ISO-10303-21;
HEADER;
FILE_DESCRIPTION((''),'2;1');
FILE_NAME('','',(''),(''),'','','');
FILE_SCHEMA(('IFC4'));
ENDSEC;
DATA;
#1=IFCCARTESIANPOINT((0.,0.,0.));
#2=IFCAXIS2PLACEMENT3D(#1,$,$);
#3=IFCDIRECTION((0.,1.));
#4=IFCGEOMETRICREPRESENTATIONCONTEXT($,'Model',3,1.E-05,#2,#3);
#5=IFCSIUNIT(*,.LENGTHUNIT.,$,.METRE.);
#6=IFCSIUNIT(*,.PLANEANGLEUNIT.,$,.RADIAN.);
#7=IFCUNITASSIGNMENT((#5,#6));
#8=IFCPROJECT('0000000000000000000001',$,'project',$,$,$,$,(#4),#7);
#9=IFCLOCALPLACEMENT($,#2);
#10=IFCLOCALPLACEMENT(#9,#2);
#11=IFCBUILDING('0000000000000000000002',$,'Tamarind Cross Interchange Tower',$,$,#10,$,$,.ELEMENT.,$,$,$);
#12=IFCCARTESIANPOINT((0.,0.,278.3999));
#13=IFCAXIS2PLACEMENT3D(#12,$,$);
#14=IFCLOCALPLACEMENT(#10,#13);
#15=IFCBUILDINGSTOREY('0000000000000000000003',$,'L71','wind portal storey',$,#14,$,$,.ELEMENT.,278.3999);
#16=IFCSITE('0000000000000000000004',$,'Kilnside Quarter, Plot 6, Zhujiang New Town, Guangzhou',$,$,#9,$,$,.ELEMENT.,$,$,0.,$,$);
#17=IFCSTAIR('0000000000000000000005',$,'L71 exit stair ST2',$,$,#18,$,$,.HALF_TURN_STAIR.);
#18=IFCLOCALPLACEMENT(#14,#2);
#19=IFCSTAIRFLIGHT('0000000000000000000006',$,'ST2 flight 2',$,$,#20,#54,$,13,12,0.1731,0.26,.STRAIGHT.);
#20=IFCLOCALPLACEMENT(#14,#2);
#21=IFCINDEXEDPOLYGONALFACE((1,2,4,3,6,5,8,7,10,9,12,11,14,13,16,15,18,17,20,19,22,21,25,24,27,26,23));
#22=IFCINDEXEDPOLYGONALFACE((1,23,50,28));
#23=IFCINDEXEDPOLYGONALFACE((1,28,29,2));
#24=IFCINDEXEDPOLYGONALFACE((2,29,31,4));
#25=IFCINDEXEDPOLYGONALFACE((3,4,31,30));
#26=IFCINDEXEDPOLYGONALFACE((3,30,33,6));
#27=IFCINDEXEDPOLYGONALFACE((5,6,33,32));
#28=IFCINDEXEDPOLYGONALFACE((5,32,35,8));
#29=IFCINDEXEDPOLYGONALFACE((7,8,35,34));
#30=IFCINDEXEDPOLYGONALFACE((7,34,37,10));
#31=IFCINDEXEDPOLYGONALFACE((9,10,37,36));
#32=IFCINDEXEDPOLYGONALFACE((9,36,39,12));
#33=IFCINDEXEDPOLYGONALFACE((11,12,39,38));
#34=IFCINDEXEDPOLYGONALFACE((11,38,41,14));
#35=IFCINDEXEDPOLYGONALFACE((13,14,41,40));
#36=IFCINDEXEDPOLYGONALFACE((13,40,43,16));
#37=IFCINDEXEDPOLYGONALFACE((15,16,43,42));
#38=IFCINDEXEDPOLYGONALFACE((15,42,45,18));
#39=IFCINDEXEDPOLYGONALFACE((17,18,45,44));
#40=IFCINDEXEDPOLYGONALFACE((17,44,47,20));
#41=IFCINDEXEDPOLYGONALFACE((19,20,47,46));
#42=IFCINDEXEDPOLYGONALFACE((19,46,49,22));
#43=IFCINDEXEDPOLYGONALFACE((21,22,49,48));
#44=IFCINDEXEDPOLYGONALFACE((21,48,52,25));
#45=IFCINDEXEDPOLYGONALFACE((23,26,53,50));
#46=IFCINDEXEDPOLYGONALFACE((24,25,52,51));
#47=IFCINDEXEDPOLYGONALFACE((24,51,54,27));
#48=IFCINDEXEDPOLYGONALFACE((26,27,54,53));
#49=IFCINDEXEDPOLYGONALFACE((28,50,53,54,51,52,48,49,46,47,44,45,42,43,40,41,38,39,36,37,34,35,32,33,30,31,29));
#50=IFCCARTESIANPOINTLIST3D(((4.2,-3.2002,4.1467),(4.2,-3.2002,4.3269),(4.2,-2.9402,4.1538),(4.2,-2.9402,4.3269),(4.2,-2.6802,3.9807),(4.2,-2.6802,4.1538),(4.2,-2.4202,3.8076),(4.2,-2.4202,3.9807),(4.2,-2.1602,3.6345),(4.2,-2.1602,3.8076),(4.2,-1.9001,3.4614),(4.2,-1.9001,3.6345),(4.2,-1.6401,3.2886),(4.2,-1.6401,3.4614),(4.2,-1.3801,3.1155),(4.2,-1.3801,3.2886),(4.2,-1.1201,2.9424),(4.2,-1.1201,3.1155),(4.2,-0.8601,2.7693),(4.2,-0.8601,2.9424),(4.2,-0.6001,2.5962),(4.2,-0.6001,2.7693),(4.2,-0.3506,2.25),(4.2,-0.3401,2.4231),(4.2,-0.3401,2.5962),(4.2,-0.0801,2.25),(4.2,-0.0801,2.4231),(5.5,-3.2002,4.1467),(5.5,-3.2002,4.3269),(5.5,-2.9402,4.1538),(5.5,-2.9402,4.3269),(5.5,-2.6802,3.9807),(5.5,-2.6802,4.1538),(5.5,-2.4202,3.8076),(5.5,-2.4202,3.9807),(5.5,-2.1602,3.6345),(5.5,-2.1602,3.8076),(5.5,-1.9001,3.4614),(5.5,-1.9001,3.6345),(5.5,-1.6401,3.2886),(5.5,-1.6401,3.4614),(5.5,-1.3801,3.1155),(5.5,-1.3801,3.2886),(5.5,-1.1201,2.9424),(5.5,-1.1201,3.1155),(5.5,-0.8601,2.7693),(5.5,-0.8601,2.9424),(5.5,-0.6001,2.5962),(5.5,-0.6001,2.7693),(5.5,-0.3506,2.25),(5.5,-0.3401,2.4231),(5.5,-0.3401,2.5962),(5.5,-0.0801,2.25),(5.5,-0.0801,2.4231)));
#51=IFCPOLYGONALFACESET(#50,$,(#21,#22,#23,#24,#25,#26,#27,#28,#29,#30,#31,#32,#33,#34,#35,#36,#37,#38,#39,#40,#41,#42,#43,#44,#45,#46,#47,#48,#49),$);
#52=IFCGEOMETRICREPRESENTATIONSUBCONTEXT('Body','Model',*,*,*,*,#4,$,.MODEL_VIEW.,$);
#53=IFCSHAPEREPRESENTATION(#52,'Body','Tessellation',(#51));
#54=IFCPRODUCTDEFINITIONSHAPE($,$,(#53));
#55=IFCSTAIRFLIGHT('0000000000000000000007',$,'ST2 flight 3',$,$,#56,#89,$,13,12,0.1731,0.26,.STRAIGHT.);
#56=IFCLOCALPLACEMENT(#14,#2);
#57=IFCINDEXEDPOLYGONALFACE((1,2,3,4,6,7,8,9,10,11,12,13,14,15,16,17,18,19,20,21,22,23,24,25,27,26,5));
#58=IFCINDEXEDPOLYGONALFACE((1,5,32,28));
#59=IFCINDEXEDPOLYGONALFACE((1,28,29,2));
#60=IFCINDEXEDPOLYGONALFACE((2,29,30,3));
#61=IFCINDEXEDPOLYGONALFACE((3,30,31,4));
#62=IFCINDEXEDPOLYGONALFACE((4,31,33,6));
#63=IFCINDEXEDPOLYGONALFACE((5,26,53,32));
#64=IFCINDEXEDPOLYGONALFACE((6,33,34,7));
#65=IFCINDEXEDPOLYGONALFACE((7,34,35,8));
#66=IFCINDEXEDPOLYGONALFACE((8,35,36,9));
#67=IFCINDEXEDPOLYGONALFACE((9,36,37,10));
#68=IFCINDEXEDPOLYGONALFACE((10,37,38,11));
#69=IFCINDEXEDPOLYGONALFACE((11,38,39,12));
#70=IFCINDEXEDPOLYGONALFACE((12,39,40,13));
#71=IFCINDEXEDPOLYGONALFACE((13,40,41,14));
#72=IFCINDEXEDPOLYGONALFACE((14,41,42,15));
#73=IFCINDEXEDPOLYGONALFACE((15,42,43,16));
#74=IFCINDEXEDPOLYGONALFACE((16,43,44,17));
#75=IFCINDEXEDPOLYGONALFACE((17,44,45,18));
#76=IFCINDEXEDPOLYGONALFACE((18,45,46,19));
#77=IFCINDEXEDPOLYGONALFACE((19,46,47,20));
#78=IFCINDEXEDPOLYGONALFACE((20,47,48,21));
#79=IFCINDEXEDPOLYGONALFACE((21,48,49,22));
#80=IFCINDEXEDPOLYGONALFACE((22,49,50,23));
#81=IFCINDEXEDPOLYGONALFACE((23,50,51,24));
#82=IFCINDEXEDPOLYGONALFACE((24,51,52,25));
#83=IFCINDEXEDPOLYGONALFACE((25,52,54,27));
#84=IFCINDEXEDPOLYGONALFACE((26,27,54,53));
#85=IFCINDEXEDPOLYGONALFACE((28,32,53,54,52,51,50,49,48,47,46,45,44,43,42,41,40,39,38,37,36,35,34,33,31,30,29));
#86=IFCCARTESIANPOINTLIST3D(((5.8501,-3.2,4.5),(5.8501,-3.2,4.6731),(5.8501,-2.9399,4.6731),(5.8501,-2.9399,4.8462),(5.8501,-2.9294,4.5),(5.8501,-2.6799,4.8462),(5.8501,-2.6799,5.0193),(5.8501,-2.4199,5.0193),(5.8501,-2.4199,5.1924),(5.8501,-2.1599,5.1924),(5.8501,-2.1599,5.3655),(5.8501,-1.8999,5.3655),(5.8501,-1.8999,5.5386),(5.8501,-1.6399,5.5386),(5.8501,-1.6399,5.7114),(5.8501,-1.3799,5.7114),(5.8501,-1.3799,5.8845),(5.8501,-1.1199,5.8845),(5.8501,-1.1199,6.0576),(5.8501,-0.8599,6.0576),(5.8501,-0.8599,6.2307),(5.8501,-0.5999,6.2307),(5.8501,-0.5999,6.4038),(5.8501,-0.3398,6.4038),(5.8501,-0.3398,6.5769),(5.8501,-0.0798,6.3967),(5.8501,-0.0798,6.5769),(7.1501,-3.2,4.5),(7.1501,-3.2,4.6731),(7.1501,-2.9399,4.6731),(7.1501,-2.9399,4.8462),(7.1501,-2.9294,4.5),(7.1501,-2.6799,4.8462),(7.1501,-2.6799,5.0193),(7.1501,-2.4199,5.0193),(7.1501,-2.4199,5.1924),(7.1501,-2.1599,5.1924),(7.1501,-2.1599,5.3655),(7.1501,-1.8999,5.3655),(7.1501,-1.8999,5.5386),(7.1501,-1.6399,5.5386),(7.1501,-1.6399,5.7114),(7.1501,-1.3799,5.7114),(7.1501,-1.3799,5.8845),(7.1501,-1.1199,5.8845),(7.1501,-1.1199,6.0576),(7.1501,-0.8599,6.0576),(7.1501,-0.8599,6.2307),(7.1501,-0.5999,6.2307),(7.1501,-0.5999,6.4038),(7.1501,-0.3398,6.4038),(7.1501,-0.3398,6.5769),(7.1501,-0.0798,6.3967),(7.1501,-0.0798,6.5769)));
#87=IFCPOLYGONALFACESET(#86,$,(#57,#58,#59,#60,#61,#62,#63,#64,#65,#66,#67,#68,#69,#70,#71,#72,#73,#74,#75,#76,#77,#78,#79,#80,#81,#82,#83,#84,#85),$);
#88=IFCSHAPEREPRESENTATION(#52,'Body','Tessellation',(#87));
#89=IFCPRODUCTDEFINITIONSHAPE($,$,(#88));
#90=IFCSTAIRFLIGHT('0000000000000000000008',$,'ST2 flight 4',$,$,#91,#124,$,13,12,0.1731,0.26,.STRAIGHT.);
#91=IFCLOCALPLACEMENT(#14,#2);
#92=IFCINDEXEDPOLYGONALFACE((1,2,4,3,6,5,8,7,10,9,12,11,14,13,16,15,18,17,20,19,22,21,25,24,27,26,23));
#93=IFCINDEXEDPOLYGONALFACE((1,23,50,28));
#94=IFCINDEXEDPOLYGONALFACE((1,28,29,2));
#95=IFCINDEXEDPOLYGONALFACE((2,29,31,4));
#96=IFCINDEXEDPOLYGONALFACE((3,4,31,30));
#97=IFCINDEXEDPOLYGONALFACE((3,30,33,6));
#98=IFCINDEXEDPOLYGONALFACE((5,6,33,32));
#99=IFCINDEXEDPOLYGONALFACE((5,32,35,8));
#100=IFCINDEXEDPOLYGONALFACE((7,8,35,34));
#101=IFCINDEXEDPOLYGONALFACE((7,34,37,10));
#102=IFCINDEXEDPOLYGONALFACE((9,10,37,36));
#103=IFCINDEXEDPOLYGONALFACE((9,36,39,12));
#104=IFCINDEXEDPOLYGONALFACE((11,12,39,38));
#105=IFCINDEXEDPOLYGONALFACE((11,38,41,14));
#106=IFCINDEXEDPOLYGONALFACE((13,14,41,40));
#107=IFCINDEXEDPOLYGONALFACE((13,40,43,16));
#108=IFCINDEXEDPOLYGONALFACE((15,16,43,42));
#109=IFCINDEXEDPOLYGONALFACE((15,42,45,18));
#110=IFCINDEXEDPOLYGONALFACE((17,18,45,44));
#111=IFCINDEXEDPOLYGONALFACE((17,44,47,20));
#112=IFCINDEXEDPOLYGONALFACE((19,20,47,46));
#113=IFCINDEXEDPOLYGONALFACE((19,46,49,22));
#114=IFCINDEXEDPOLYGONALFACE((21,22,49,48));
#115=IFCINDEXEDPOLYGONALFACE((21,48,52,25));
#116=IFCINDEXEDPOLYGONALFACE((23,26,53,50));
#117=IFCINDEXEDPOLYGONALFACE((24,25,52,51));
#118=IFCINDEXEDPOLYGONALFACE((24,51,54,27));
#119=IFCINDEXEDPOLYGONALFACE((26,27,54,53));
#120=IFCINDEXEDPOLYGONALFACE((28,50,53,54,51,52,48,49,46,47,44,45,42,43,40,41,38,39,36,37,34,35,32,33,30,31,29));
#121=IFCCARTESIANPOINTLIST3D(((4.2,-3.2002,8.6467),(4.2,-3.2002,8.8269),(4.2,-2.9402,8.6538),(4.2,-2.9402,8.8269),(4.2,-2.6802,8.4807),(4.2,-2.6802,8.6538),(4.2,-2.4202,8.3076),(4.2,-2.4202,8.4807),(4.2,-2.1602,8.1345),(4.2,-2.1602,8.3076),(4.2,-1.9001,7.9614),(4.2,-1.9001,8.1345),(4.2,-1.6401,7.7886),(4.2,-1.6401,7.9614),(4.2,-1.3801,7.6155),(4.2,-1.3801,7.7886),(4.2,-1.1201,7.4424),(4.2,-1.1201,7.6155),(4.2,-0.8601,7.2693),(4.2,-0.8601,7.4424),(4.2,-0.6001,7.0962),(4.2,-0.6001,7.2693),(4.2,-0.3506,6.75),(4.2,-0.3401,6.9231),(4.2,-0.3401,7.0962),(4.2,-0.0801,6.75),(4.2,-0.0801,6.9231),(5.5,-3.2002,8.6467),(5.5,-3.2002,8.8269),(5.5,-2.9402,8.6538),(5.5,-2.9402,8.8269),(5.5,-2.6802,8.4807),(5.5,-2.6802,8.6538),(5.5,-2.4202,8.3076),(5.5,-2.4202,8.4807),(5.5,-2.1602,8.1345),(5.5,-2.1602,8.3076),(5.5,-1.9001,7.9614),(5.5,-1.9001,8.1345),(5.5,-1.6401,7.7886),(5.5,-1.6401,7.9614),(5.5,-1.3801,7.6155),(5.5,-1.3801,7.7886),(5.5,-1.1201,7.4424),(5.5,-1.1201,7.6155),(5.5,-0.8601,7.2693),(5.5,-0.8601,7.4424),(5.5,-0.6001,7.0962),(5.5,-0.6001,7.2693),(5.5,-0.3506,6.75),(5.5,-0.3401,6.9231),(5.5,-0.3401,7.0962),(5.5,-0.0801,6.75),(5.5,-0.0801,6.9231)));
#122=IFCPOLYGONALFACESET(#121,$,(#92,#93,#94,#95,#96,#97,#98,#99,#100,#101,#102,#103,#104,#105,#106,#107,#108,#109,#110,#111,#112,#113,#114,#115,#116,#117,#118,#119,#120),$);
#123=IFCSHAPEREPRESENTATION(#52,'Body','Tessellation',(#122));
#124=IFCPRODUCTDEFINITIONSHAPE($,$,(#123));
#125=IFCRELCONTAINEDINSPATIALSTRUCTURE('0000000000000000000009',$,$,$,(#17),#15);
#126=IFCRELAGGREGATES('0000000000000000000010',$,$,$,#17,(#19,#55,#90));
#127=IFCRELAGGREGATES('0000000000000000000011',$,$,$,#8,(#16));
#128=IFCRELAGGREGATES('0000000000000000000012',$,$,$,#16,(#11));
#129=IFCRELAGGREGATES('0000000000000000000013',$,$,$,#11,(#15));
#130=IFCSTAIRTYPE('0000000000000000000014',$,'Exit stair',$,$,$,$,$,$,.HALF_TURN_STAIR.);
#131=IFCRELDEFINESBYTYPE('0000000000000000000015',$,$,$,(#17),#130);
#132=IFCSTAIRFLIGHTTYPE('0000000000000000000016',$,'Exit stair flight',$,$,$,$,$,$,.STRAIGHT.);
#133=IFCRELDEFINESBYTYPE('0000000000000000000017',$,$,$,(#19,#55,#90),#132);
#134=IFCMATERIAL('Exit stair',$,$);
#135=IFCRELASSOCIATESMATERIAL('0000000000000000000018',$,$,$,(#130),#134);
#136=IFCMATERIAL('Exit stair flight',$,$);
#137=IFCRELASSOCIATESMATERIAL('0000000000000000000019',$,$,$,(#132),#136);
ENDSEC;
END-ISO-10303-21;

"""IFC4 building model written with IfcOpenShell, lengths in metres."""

from ifc_helpers import new_model, si_unit, direction, frame, origin, place, context, subcontext, project, spatial, polyline, outline, extrude, material, type_object, element, aggregate, save


model = new_model("IFC4")

# Units and contexts
model_context = context("Model", 3, precision=1e-05, world=origin(), true_north=direction((0.0, 1.0)))
body_context = subcontext(model_context, "Body", "Model", "MODEL_VIEW")
ifc_project = project(units=[si_unit("LENGTHUNIT", "METRE"), si_unit("PLANEANGLEUNIT", "RADIAN")], contexts=[model_context])

# Site, building, storey
site_placement = place(None, origin())
site = spatial("IfcSite", under=ifc_project, at=site_placement, Name="Kilnside Quarter, Plot 6, Zhujiang New Town, Guangzhou", CompositionType="ELEMENT", RefElevation=0.0)
building_placement = place(site_placement, origin())
building = spatial("IfcBuilding", under=site, at=building_placement, Name="Tamarind Cross Interchange Tower", CompositionType="ELEMENT")
storey_placement = place(building_placement, frame((0.0, 0.0, 278.3999)))
storey = spatial("IfcBuildingStorey", under=building, at=storey_placement, Name="L71", Description="wind portal storey", CompositionType="ELEMENT", Elevation=278.3999)

# Stair, stair flights
ifc_material_1 = material(Name="Exit stair")
stair_type = type_object("IfcStairType", Name="Exit stair", PredefinedType="HALF_TURN_STAIR", material=ifc_material_1)
stair_placement = place(storey_placement, origin())
stair = element("IfcStair", 1, at=stair_placement, inside=storey, type_object=stair_type, Name="L71 exit stair ST2", PredefinedType="HALF_TURN_STAIR")
ifc_material_2 = material(Name="Exit stair flight")
stair_flight_type = type_object("IfcStairFlightType", Name="Exit stair flight", PredefinedType="STRAIGHT", material=ifc_material_2)
stair_flight_1_placement = place(storey_placement, frame((4.8501, -0.0801, 2.25), z_axis=(0.0, 0.0, 1.0), x_axis=(0.0, -1.0, 0.0)))
stair_flight_1 = element("IfcStairFlight", 2, at=stair_flight_1_placement, type_object=stair_flight_type, Name="ST2 flight 2", NumberOfRisers=13, NumberOfTreads=12, PredefinedType="STRAIGHT", RiserHeight=0.1731, TreadLength=0.26, context=body_context, shape_type="SweptSolid", body=[
    extrude(outline(polyline([(0.0, 0.0), (0.0, 0.1731), (0.26, 0.1731), (0.26, 0.3462), (0.52, 0.3462), (0.52, 0.5193), (0.78, 0.5193), (0.78, 0.6924), (1.04, 0.6924), (1.04, 0.8655), (1.3, 0.8655), (1.3, 1.0386), (1.5601, 1.0386), (1.5601, 1.2114), (1.8201, 1.2114), (1.8201, 1.3845), (2.0801, 1.3845), (2.0801, 1.5576), (2.3401, 1.5576), (2.3401, 1.7307), (2.6001, 1.7307), (2.6001, 1.9038), (2.8601, 1.9038), (2.8601, 2.0769), (3.1201, 2.0769), (3.1201, 2.25), (3.1201, 1.8967), (0.2705, 0.0), (0.0, 0.0)])), frame((0.0, 0.6499, 0.0), z_axis=(0.0, -1.0, 0.0), x_axis=(1.0, 0.0, 0.0)), (0.0, 0.0, 1.0), 1.3),
])
stair_flight_2_placement = place(storey_placement, frame((6.5, -3.2, 4.5), z_axis=(0.0, 0.0, 1.0), x_axis=(0.0, 1.0, 0.0)))
stair_flight_2 = element("IfcStairFlight", 3, at=stair_flight_2_placement, type_object=stair_flight_type, Name="ST2 flight 3", NumberOfRisers=13, NumberOfTreads=12, PredefinedType="STRAIGHT", RiserHeight=0.1731, TreadLength=0.26, context=body_context, shape_type="SweptSolid", body=[
    extrude(outline(polyline([(0.0, 0.0), (0.0, 0.1731), (0.26, 0.1731), (0.26, 0.3462), (0.52, 0.3462), (0.52, 0.5193), (0.78, 0.5193), (0.78, 0.6924), (1.04, 0.6924), (1.04, 0.8655), (1.3, 0.8655), (1.3, 1.0386), (1.5601, 1.0386), (1.5601, 1.2114), (1.8201, 1.2114), (1.8201, 1.3845), (2.0801, 1.3845), (2.0801, 1.5576), (2.3401, 1.5576), (2.3401, 1.7307), (2.6001, 1.7307), (2.6001, 1.9038), (2.8601, 1.9038), (2.8601, 2.0769), (3.1201, 2.0769), (3.1201, 2.25), (3.1201, 1.8967), (0.2705, 0.0), (0.0, 0.0)])), frame((0.0, 0.6499, 0.0), z_axis=(0.0, -1.0, 0.0), x_axis=(1.0, 0.0, 0.0)), (0.0, 0.0, 1.0), 1.3),
])
stair_flight_3_placement = place(storey_placement, frame((4.8501, -0.0801, 6.75), z_axis=(0.0, 0.0, 1.0), x_axis=(0.0, -1.0, 0.0)))
stair_flight_3 = element("IfcStairFlight", 4, at=stair_flight_3_placement, type_object=stair_flight_type, Name="ST2 flight 4", NumberOfRisers=13, NumberOfTreads=12, PredefinedType="STRAIGHT", RiserHeight=0.1731, TreadLength=0.26, context=body_context, shape_type="SweptSolid", body=[
    extrude(outline(polyline([(0.0, 0.0), (0.0, 0.1731), (0.26, 0.1731), (0.26, 0.3462), (0.52, 0.3462), (0.52, 0.5193), (0.78, 0.5193), (0.78, 0.6924), (1.04, 0.6924), (1.04, 0.8655), (1.3, 0.8655), (1.3, 1.0386), (1.5601, 1.0386), (1.5601, 1.2114), (1.8201, 1.2114), (1.8201, 1.3845), (2.0801, 1.3845), (2.0801, 1.5576), (2.3401, 1.5576), (2.3401, 1.7307), (2.6001, 1.7307), (2.6001, 1.9038), (2.8601, 1.9038), (2.8601, 2.0769), (3.1201, 2.0769), (3.1201, 2.25), (3.1201, 1.8967), (0.2705, 0.0), (0.0, 0.0)])), frame((0.0, 0.6499, 0.0), z_axis=(0.0, -1.0, 0.0), x_axis=(1.0, 0.0, 0.0)), (0.0, 0.0, 1.0), 1.3),
])
aggregate(stair, [stair_flight_1, stair_flight_2, stair_flight_3])

save(model, "model.ifc")
